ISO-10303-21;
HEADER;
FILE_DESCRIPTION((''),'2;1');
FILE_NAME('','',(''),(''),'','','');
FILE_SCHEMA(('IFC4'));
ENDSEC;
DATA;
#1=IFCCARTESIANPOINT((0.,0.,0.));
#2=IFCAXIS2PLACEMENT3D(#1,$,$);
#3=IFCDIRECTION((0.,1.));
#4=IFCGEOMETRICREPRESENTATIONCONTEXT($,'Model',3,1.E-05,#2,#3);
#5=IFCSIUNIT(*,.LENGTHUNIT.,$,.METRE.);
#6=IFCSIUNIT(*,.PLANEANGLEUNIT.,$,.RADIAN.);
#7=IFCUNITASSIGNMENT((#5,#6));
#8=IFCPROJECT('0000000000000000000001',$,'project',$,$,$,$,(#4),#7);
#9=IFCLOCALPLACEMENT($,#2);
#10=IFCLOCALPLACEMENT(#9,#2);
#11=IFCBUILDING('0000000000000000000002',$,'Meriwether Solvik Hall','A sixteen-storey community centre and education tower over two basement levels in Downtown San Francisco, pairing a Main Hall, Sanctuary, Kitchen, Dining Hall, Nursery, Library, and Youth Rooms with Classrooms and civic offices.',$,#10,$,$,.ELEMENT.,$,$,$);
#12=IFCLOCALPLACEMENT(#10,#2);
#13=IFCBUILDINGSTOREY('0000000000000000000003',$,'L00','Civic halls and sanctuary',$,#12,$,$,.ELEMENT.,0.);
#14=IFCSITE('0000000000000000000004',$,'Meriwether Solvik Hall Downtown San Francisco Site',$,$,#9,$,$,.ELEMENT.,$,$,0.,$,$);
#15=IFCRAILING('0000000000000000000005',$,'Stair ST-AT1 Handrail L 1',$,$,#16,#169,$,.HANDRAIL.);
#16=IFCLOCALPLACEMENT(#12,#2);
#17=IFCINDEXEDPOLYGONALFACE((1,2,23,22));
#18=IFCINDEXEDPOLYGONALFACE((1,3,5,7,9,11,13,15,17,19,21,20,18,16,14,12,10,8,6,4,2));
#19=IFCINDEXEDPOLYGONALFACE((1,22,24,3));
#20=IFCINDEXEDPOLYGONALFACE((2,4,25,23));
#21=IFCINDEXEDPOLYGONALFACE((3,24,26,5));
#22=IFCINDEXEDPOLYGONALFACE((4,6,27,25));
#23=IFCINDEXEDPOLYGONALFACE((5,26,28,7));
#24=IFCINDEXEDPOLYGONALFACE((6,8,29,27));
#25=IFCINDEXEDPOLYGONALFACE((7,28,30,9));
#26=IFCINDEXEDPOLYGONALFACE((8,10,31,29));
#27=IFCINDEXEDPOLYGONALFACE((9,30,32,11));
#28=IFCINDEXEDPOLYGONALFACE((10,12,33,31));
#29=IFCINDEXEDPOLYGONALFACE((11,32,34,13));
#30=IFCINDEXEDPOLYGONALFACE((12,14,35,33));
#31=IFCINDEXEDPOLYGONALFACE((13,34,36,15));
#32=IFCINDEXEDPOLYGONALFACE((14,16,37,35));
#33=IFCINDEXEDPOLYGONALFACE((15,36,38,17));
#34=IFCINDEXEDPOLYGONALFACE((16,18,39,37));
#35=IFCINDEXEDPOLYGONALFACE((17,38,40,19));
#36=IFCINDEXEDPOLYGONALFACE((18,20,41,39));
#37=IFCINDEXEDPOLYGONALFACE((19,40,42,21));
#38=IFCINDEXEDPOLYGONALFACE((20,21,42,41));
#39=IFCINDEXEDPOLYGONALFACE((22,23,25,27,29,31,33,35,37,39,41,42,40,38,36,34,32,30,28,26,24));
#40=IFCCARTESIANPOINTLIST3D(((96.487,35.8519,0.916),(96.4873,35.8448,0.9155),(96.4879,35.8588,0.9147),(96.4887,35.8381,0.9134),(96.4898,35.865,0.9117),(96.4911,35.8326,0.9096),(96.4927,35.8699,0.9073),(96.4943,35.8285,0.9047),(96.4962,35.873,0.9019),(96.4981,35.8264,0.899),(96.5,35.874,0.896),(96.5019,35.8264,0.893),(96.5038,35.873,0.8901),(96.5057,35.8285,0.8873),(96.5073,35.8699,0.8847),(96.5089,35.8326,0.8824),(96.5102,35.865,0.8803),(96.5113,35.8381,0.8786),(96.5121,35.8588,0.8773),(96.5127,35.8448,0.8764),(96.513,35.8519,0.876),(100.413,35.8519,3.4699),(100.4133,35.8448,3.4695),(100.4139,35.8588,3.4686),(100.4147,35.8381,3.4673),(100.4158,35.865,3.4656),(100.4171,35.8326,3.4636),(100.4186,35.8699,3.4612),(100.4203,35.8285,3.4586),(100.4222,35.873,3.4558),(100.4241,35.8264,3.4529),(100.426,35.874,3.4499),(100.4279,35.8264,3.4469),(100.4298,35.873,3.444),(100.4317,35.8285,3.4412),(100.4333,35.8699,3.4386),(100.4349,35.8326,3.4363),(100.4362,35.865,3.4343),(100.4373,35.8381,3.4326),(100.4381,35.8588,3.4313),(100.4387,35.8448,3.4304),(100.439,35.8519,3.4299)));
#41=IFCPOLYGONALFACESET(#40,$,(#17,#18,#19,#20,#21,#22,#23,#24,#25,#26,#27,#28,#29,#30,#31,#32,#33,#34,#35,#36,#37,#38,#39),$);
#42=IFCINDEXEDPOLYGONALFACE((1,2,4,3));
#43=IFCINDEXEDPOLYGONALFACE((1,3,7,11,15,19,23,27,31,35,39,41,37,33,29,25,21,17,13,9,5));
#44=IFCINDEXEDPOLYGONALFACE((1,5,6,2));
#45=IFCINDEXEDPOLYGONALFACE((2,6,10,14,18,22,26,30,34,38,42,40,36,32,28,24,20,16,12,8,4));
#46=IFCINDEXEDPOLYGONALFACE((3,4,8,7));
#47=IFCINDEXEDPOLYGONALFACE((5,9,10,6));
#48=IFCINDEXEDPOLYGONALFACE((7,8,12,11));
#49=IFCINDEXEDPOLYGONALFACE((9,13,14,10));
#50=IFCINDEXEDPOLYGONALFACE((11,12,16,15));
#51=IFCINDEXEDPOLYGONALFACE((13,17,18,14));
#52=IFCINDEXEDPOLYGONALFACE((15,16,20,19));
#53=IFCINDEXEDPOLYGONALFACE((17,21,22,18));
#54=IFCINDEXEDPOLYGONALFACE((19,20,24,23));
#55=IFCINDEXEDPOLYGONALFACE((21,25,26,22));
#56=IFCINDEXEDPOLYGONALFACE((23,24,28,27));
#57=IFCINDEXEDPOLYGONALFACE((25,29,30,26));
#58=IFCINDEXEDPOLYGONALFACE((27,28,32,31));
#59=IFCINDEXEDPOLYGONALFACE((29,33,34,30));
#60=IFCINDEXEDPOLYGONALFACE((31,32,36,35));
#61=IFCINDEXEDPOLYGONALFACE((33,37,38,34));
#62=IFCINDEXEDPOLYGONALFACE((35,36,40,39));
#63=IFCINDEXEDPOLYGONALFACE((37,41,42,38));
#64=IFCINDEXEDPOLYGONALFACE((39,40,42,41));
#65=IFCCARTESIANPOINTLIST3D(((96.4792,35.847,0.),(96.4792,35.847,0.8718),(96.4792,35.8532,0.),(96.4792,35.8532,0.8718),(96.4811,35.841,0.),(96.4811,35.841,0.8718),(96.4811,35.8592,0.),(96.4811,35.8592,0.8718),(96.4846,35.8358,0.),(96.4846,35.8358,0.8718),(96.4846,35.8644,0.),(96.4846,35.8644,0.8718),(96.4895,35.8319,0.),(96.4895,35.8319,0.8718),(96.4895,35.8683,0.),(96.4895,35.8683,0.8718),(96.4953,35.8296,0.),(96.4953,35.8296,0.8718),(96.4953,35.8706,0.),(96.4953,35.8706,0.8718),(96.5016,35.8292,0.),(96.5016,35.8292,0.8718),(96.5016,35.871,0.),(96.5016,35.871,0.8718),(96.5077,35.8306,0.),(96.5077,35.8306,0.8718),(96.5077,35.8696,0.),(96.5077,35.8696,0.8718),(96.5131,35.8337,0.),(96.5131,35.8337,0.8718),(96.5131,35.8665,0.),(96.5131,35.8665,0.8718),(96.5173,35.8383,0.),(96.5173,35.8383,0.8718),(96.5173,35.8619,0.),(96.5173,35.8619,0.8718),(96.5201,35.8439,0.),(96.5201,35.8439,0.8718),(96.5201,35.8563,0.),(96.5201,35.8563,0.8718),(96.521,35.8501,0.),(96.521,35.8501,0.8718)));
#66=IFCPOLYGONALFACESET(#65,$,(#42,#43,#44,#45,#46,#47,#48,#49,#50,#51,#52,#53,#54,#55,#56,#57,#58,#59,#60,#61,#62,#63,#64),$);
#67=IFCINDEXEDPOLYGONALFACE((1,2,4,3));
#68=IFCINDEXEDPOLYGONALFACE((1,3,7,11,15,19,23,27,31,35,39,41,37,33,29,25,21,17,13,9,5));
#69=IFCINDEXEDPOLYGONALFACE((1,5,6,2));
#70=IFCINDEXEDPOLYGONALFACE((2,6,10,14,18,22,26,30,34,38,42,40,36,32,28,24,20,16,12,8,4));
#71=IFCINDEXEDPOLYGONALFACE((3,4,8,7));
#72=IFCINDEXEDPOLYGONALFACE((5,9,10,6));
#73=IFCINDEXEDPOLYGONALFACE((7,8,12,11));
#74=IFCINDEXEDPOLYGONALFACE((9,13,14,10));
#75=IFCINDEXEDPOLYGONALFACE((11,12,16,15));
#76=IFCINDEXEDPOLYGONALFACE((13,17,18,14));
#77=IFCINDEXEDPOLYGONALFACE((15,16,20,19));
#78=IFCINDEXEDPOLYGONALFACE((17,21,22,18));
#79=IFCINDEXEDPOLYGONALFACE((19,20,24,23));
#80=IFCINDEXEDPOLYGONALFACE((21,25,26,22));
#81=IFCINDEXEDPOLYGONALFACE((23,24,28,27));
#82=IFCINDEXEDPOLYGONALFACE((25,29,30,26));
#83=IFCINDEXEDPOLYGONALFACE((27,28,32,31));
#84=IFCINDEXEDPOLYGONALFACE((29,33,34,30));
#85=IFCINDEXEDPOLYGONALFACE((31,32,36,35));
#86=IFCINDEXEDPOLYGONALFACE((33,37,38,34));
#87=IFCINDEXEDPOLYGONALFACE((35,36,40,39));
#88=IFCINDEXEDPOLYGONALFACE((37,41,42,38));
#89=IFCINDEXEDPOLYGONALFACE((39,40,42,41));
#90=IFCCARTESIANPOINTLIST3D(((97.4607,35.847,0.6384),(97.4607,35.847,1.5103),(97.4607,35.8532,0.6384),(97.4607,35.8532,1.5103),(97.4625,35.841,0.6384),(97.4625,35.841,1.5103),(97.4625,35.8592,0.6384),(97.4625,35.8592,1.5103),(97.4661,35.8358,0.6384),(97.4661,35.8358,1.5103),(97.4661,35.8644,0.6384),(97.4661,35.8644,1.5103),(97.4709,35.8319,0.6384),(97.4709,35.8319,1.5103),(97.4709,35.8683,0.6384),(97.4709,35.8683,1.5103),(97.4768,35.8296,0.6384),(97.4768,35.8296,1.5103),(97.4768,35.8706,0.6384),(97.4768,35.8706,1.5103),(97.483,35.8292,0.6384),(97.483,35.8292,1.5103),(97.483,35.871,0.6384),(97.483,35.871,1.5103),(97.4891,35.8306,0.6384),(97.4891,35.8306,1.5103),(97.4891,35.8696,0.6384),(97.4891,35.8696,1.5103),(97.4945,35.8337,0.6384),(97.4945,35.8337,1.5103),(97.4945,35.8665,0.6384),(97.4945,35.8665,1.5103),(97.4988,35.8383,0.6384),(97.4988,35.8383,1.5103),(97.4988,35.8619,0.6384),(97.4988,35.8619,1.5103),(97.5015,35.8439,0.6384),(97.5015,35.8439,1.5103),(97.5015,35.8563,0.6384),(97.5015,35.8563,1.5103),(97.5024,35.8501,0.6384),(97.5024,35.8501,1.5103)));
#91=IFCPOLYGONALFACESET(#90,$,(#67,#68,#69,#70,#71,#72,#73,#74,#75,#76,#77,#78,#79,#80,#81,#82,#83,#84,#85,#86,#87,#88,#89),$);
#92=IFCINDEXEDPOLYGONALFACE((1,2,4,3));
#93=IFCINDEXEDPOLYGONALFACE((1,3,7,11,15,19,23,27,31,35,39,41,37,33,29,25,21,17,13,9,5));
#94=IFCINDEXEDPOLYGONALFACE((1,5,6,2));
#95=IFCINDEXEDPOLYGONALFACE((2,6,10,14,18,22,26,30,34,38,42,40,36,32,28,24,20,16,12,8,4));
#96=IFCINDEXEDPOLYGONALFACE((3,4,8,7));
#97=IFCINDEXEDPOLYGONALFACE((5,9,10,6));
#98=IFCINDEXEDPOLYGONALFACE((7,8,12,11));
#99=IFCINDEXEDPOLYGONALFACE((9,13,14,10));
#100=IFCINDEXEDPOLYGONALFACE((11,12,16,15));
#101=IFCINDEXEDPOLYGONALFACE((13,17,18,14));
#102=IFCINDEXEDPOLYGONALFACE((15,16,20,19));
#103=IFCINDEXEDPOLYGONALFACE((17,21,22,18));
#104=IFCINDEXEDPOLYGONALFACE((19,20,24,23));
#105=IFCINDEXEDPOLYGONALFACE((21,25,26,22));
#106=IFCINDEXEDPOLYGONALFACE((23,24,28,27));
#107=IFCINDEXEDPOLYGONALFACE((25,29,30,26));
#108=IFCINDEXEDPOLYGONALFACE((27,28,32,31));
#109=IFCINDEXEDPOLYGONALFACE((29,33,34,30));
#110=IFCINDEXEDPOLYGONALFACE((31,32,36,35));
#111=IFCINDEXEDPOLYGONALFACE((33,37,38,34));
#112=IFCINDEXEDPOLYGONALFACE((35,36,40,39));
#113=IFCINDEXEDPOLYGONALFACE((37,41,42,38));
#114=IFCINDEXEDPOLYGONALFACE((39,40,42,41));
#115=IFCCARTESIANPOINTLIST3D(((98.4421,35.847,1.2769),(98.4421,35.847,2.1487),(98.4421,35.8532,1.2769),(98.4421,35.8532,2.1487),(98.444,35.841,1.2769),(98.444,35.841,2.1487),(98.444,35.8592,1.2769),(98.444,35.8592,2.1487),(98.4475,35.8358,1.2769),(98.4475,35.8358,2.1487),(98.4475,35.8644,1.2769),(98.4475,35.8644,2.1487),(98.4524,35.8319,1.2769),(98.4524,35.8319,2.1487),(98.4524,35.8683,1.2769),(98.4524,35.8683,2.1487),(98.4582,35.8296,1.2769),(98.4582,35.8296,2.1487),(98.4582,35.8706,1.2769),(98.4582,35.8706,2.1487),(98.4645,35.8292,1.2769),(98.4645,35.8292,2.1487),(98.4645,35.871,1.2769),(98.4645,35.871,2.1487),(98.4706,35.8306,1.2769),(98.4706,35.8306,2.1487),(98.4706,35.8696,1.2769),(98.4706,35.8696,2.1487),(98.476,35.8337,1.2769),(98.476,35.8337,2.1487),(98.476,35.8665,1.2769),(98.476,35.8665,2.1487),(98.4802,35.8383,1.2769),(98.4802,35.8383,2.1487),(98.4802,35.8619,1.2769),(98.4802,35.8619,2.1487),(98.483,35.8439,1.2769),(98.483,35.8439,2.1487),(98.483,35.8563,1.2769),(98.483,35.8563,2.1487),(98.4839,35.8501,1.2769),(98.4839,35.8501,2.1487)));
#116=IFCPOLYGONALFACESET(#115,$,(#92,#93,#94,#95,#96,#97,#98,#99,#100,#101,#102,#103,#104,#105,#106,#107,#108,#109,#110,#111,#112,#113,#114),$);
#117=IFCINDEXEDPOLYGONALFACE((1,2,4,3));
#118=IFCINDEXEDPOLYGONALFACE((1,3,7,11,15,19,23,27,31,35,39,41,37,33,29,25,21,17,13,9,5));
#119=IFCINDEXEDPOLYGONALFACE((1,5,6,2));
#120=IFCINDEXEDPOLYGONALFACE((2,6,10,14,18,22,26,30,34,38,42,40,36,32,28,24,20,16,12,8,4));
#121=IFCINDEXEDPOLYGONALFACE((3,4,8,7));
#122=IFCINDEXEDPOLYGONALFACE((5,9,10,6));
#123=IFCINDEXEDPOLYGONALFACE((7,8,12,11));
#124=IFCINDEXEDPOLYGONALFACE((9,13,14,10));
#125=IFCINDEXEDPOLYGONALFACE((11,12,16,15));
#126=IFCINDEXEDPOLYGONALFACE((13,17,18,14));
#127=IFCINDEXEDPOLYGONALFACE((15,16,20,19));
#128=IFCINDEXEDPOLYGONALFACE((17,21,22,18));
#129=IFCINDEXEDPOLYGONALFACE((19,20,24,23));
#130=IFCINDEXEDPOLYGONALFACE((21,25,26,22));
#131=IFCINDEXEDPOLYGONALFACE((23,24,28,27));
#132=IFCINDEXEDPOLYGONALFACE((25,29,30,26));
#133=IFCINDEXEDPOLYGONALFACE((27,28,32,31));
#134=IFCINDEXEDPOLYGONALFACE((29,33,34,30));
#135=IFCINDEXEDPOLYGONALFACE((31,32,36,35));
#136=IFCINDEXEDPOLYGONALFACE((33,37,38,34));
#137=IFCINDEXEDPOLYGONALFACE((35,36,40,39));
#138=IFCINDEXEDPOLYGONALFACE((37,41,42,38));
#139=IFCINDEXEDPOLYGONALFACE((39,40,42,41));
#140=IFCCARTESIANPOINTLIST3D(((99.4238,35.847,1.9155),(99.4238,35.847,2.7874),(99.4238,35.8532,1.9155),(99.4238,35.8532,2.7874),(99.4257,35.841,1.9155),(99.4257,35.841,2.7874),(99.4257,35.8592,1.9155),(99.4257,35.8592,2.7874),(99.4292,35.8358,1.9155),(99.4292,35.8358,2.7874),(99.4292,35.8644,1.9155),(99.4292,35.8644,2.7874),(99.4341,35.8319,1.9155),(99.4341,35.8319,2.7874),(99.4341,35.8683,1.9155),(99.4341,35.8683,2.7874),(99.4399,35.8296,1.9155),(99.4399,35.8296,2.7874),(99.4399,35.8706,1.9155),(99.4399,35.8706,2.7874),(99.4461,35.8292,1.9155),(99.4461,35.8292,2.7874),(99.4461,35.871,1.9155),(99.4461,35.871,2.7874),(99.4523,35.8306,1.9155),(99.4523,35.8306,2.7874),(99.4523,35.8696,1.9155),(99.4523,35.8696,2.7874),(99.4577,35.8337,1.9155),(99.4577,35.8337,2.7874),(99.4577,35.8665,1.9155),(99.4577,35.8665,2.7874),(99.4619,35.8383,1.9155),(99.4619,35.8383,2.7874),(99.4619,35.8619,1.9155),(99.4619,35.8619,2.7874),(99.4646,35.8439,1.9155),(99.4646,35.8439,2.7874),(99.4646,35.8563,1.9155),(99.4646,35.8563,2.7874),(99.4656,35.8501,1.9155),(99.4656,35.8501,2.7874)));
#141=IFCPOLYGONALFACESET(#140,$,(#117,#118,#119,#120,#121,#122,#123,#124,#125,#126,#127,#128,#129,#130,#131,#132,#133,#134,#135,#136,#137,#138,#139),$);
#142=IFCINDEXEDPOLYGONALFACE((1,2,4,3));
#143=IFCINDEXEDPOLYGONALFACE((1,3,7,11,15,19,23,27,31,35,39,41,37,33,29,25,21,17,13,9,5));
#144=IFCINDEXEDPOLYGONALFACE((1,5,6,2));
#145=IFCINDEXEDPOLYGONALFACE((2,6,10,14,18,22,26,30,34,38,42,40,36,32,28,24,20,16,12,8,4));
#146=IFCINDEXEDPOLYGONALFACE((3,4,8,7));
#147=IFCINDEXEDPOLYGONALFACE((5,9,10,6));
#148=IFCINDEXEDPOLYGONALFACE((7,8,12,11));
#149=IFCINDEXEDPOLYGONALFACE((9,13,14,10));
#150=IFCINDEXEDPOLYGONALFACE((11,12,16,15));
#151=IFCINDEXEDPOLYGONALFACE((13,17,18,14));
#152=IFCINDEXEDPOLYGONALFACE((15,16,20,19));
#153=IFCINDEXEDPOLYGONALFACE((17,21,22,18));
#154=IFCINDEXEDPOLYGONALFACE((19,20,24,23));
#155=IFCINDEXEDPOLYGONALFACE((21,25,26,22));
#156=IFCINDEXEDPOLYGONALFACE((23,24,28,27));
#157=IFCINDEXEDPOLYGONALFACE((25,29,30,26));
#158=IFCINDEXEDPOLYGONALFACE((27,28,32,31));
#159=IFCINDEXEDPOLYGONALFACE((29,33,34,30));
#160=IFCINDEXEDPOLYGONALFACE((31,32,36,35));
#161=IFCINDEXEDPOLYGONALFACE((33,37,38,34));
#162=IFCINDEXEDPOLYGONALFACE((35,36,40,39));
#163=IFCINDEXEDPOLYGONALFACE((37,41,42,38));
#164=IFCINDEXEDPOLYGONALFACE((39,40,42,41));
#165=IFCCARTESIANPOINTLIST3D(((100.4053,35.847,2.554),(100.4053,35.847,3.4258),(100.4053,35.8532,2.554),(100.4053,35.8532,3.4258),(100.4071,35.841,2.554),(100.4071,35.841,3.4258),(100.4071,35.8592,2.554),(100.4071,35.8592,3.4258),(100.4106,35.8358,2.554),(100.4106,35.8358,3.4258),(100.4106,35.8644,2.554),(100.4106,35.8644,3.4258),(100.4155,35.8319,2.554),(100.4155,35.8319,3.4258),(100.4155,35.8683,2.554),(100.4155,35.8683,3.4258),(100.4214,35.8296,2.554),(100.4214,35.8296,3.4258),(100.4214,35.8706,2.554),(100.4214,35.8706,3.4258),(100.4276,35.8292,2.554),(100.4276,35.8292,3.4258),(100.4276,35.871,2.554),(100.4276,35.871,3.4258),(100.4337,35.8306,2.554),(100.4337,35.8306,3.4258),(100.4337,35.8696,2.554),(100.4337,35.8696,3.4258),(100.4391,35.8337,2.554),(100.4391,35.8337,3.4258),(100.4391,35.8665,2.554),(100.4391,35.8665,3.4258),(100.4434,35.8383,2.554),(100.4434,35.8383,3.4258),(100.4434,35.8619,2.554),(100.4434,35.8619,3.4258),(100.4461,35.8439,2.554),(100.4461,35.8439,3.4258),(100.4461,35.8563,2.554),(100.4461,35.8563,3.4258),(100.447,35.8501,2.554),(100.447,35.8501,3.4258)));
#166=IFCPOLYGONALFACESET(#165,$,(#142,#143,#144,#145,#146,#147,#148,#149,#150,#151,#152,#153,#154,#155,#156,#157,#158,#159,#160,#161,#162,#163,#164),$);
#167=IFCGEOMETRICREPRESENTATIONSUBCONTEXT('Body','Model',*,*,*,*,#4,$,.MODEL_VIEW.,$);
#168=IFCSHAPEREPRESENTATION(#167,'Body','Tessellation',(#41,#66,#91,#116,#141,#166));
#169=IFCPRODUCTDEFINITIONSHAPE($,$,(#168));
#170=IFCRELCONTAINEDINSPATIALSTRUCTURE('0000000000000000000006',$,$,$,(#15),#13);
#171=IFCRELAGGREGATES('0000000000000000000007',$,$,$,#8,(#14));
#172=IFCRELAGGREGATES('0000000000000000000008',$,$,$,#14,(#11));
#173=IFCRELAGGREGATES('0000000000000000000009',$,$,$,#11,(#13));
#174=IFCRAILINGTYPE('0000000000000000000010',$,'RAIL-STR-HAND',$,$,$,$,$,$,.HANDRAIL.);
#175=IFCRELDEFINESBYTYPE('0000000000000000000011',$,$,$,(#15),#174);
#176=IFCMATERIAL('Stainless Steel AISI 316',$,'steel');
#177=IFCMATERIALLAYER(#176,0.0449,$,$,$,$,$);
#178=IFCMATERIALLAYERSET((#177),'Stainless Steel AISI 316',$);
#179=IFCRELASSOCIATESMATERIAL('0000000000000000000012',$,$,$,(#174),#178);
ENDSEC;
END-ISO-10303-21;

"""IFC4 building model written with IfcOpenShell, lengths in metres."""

from ifc_helpers import new_model, si_unit, direction, frame, origin, origin_2d, place, context, subcontext, project, spatial, circle, extrude, material, layer, layer_set, type_object, element, save


model = new_model("IFC4")

# Units and contexts
model_context = context("Model", 3, precision=1e-05, world=origin(), true_north=direction((0.0, 1.0)))
body_context = subcontext(model_context, "Body", "Model", "MODEL_VIEW")
ifc_project = project(units=[si_unit("LENGTHUNIT", "METRE"), si_unit("PLANEANGLEUNIT", "RADIAN")], contexts=[model_context])

# Site, building, storey
site_placement = place(None, origin())
site = spatial("IfcSite", under=ifc_project, at=site_placement, Name="Meriwether Solvik Hall Downtown San Francisco Site", CompositionType="ELEMENT", RefElevation=0.0)
building_placement = place(site_placement, origin())
building = spatial("IfcBuilding", under=site, at=building_placement, Name="Meriwether Solvik Hall", Description="A sixteen-storey community centre and education tower over two basement levels in Downtown San Francisco, pairing a Main Hall, Sanctuary, Kitchen, Dining Hall, Nursery, Library, and Youth Rooms with Classrooms and civic offices.", CompositionType="ELEMENT")
storey_placement = place(building_placement, origin())
storey = spatial("IfcBuildingStorey", under=building, at=storey_placement, Name="L00", Description="Civic halls and sanctuary", CompositionType="ELEMENT", Elevation=0.0)

# Railing
ifc_material_1 = material(Name="Stainless Steel AISI 316", Category="steel")
ifc_layer_1 = layer(ifc_material_1, 0.0449)
ifc_layer_set_1 = layer_set([ifc_layer_1], Name="Stainless Steel AISI 316")
railing_type_1 = type_object("IfcRailingType", Name="RAIL-STR-HAND", PredefinedType="HANDRAIL", material=ifc_layer_set_1)
railing_1_placement = place(storey_placement, frame((96.5, 35.8501, 0.0)))
element("IfcRailing", 1, at=railing_1_placement, inside=storey, type_object=railing_type_1, Name="Stair ST-AT1 Handrail L 1", PredefinedType="HANDRAIL", context=body_context, shape_type="SweptSolid", body=[
    extrude(circle(Radius=0.0239, at=origin_2d()), frame((0.0, 0.0, 0.896), z_axis=(0.838245, 0.0, 0.545294), x_axis=(0.0, 1.0, 0.0)), (0.0, 0.0, 1.0), 4.6836),
    extrude(circle(Radius=0.021, at=origin_2d()), origin(), (0.0, 0.0, 1.0), 0.8718),
    extrude(circle(Radius=0.021, at=origin_2d()), frame((0.9814, 0.0, 0.6384)), (0.0, 0.0, 1.0), 0.8718),
    extrude(circle(Radius=0.021, at=origin_2d()), frame((1.9629, 0.0, 1.2769)), (0.0, 0.0, 1.0), 0.8718),
    extrude(circle(Radius=0.021, at=origin_2d()), frame((2.9446, 0.0, 1.9155)), (0.0, 0.0, 1.0), 0.8718),
    extrude(circle(Radius=0.021, at=origin_2d()), frame((3.926, 0.0, 2.554)), (0.0, 0.0, 1.0), 0.8718),
])

save(model, "model.ifc")
